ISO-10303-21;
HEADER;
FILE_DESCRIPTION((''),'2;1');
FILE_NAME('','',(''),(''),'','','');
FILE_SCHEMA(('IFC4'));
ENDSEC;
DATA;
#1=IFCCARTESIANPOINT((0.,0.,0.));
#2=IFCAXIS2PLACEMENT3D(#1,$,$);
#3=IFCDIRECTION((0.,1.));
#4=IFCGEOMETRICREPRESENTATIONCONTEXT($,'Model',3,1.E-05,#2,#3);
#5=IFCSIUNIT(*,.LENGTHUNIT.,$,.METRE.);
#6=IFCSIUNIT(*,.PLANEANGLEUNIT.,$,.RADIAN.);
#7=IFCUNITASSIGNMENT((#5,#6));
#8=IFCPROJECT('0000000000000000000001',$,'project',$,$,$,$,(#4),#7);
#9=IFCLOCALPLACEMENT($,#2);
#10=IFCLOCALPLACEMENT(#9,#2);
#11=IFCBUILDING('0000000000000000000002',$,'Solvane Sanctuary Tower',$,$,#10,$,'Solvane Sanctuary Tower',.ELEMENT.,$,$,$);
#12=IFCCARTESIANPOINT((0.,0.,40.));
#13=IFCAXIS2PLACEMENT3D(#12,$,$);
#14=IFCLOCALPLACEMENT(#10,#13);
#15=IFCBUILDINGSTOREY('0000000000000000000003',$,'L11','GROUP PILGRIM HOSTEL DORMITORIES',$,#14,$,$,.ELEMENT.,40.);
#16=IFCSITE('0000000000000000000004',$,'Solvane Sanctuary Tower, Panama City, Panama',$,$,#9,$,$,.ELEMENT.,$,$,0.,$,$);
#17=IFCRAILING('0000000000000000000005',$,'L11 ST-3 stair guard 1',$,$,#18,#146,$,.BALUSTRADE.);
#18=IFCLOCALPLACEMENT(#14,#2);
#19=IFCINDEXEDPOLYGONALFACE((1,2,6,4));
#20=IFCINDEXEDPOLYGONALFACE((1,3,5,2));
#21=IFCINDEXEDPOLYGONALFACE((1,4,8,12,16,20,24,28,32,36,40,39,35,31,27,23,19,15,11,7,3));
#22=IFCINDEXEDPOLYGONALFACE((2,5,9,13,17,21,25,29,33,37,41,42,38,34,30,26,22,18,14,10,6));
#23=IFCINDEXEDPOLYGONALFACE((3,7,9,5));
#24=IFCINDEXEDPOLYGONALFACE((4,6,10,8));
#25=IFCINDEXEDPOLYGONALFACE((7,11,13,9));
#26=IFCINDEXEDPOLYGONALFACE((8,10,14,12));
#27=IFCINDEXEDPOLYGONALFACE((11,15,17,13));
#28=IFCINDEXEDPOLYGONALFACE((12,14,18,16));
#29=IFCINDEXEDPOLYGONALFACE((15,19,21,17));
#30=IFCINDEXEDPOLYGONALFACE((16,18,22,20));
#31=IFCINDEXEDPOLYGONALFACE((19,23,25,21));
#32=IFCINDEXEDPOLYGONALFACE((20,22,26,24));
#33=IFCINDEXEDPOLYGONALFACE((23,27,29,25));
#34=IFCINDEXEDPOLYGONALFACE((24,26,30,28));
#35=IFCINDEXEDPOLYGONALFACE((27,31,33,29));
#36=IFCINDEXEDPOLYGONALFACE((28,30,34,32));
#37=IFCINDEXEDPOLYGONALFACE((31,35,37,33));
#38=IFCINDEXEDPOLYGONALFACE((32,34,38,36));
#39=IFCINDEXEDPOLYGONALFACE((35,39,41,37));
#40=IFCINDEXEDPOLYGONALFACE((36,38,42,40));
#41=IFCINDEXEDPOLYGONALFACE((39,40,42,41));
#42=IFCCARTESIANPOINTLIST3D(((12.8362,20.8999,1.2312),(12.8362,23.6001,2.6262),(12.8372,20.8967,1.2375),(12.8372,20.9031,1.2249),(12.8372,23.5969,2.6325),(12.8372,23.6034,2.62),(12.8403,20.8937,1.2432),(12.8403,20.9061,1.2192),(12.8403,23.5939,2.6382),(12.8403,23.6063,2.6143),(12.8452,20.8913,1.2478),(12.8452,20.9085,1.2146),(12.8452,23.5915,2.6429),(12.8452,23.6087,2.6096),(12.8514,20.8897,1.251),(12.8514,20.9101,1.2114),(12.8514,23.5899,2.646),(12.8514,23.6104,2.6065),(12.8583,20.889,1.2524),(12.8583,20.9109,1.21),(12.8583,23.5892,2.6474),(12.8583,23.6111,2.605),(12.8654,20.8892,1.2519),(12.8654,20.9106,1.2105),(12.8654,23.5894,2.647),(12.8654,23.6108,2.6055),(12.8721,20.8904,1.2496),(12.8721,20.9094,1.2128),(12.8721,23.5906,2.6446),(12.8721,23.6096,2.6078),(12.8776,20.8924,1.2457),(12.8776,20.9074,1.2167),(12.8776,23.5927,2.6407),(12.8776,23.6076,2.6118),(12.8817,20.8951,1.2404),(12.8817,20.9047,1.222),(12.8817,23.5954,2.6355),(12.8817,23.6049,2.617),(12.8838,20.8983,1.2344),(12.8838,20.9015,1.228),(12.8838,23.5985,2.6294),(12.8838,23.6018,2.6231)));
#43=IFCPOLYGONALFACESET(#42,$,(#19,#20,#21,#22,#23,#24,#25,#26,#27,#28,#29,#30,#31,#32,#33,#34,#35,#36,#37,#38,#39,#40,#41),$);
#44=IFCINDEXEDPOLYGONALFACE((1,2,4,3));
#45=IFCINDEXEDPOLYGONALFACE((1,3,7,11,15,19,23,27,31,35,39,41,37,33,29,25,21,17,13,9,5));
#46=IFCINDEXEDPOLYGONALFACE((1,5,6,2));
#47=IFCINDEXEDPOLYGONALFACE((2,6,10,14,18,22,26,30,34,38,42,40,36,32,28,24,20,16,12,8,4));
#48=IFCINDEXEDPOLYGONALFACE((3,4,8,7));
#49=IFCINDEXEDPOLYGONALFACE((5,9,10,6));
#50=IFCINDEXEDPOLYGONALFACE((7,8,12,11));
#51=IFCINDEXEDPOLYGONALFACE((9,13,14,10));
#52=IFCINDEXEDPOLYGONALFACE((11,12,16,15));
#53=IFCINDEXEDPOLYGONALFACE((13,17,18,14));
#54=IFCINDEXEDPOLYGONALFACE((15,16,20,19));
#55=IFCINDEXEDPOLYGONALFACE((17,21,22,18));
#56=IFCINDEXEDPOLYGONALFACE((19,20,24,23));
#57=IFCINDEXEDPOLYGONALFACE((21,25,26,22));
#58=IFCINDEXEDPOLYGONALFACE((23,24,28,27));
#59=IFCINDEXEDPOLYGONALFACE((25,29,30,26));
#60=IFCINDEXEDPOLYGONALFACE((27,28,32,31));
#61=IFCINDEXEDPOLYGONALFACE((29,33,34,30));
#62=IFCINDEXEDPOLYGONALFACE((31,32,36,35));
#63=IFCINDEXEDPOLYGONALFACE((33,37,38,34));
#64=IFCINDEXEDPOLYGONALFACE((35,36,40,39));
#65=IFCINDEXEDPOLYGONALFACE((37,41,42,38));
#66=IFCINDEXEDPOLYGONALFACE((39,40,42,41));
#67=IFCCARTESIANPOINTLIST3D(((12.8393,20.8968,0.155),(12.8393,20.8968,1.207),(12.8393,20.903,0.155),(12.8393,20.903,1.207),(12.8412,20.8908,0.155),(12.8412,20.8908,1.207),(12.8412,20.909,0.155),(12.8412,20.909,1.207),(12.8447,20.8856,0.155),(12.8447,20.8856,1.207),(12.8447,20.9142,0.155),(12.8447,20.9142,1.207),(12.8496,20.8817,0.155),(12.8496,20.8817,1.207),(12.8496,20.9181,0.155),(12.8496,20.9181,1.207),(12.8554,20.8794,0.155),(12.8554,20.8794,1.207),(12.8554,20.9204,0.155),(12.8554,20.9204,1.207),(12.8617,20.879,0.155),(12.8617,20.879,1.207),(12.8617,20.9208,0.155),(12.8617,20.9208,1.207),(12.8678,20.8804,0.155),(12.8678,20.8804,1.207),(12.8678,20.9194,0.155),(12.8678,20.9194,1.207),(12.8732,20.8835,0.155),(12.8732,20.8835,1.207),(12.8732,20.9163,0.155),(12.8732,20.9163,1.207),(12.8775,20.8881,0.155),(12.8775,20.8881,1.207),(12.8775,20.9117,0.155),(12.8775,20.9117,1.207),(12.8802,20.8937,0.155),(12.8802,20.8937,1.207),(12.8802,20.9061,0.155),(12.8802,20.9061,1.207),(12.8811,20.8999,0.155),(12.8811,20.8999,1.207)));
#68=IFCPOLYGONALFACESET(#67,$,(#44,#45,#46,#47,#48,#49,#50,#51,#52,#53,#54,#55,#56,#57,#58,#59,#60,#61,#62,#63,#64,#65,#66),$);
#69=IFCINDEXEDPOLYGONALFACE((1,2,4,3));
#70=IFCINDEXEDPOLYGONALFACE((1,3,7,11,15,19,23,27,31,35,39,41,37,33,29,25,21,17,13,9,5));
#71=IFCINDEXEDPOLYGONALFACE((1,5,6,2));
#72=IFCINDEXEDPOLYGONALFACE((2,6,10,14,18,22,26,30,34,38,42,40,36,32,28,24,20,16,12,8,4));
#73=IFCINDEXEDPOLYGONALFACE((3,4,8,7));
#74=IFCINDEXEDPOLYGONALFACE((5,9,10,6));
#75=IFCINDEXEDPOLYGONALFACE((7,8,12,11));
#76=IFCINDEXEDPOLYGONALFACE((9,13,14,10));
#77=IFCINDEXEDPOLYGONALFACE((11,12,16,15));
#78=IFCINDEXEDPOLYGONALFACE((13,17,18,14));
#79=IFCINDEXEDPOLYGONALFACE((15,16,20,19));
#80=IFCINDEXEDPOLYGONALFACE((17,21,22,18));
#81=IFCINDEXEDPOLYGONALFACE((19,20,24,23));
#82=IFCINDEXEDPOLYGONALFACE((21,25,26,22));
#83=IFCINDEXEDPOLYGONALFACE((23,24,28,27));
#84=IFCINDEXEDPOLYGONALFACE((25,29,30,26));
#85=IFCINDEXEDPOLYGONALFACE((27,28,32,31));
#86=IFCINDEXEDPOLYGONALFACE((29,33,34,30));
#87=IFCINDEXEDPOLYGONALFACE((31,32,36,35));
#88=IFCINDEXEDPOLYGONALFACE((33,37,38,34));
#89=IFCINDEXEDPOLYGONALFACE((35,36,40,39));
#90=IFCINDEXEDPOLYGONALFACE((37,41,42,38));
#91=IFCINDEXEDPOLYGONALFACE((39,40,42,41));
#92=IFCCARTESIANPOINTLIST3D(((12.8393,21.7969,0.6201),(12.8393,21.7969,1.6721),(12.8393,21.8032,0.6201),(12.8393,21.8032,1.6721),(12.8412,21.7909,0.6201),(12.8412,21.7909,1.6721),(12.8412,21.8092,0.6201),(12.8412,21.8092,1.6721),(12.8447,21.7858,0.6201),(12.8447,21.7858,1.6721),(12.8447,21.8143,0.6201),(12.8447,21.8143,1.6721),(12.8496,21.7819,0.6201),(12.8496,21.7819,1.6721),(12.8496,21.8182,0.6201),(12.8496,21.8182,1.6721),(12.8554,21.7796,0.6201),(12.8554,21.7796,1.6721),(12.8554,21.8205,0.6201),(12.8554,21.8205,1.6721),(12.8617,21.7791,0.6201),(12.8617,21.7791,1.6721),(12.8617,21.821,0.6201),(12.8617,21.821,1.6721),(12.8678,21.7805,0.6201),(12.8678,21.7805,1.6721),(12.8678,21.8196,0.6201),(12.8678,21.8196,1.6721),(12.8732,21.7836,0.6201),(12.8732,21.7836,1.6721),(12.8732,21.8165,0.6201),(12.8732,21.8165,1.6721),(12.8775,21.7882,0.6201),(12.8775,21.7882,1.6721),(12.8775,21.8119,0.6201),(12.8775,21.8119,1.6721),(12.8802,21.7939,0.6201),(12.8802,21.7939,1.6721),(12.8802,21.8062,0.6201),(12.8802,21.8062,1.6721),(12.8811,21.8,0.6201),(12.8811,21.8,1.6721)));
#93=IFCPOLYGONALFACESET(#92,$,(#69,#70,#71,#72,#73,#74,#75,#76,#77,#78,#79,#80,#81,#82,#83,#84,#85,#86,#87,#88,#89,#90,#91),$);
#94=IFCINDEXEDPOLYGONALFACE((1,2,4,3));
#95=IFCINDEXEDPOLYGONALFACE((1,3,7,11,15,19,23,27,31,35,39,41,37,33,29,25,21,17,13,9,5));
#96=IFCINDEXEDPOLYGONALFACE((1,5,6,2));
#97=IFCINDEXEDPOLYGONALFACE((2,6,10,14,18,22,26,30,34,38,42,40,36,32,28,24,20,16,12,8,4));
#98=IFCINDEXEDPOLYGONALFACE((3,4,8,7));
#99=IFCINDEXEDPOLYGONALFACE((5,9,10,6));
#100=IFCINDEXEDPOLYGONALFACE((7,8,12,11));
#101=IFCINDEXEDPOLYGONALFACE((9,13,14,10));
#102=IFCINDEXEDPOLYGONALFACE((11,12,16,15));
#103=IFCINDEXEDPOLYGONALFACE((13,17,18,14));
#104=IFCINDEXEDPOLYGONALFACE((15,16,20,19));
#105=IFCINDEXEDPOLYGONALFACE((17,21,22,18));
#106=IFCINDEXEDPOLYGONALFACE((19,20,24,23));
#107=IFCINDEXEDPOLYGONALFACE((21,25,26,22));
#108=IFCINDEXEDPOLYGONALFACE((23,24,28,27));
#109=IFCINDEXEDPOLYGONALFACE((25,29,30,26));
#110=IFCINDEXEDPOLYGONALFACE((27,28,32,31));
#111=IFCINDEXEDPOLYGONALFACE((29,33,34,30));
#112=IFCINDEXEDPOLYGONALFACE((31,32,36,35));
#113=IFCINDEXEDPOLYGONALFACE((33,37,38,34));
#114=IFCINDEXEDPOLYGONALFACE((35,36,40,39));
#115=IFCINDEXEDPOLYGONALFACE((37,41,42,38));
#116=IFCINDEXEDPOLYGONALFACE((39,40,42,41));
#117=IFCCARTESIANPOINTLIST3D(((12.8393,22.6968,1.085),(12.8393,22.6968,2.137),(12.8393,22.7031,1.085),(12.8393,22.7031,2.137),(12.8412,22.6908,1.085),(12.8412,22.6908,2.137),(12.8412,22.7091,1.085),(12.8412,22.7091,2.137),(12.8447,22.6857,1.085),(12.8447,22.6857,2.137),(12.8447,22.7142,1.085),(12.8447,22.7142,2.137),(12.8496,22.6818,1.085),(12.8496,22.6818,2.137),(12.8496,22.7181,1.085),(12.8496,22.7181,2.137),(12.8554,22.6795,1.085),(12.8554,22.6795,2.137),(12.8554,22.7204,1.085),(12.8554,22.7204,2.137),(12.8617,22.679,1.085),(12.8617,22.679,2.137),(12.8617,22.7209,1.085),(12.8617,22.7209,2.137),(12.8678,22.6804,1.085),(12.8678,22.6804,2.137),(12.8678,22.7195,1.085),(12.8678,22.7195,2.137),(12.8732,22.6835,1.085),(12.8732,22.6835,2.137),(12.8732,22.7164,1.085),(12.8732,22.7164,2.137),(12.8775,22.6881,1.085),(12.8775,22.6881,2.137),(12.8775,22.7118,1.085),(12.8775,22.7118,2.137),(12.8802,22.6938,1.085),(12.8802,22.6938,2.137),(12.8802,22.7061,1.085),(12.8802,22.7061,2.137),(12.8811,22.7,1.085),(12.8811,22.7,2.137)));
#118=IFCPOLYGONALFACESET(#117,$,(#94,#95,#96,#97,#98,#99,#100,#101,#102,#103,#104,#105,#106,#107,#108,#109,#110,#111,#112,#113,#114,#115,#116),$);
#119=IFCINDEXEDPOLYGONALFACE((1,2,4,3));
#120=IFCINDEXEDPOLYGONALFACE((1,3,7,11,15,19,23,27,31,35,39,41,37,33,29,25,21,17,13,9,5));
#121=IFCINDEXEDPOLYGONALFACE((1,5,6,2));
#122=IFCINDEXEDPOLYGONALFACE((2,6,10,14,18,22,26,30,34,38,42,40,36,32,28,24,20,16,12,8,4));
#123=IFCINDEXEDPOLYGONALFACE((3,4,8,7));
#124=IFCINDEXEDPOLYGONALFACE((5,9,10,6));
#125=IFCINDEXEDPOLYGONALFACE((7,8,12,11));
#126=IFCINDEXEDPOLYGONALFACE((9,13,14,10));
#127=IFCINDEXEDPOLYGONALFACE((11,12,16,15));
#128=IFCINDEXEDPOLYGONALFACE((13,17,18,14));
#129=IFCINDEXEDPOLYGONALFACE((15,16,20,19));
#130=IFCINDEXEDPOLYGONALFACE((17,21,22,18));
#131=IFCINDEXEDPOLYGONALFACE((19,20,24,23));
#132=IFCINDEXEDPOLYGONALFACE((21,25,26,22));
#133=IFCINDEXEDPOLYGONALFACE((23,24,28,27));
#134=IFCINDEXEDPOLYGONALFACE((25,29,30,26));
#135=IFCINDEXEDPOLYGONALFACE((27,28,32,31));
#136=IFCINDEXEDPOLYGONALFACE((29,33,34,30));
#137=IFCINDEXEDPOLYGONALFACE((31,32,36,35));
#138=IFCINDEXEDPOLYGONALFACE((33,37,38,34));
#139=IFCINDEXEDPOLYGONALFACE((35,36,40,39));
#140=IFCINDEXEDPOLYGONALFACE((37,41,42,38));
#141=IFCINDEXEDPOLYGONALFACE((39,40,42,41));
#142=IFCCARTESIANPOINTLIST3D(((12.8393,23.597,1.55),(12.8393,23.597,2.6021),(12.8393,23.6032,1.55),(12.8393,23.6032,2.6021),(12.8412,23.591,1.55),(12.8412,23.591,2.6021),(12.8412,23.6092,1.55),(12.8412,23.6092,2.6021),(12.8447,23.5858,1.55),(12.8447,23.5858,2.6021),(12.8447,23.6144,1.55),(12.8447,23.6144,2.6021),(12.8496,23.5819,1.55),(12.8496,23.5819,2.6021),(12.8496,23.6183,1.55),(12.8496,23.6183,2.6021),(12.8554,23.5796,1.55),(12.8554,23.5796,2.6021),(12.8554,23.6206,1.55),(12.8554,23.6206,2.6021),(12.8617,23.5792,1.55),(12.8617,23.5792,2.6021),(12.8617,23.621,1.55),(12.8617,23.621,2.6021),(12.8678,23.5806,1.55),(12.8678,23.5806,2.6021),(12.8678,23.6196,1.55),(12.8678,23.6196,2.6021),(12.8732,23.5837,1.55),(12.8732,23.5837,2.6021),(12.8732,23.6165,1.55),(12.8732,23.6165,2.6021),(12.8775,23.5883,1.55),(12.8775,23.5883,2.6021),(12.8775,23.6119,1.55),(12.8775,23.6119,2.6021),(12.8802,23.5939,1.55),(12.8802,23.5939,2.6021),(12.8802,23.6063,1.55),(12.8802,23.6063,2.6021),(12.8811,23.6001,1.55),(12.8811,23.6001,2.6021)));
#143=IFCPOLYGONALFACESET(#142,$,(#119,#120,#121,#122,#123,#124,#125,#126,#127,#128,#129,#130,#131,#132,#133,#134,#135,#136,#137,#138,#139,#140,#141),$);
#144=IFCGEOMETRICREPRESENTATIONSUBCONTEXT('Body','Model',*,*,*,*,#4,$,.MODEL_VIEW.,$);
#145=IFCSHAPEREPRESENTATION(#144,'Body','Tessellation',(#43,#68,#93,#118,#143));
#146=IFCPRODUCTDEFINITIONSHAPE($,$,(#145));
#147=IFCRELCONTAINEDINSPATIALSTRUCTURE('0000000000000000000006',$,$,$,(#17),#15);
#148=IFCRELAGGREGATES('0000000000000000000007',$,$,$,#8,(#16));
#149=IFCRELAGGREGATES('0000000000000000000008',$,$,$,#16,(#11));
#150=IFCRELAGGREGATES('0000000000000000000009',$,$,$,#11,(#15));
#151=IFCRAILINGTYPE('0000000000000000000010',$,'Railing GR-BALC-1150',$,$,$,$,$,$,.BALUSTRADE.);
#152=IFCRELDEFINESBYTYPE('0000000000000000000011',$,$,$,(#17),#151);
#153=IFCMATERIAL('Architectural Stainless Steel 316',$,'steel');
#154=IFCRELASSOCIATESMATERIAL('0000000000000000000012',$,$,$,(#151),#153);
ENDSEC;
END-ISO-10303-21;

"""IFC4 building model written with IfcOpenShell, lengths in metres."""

from ifc_helpers import new_model, si_unit, direction, frame, origin, origin_2d, place, context, subcontext, project, spatial, circle, extrude, material, type_object, element, save


model = new_model("IFC4")

# Units and contexts
model_context = context("Model", 3, precision=1e-05, world=origin(), true_north=direction((0.0, 1.0)))
body_context = subcontext(model_context, "Body", "Model", "MODEL_VIEW")
ifc_project = project(units=[si_unit("LENGTHUNIT", "METRE"), si_unit("PLANEANGLEUNIT", "RADIAN")], contexts=[model_context])

# Site, building, storey
site_placement = place(None, origin())
site = spatial("IfcSite", under=ifc_project, at=site_placement, Name="Solvane Sanctuary Tower, Panama City, Panama", CompositionType="ELEMENT", RefElevation=0.0)
building_placement = place(site_placement, origin())
building = spatial("IfcBuilding", under=site, at=building_placement, Name="Solvane Sanctuary Tower", LongName="Solvane Sanctuary Tower", CompositionType="ELEMENT")
storey_placement = place(building_placement, frame((0.0, 0.0, 40.0)))
storey = spatial("IfcBuildingStorey", under=building, at=storey_placement, Name="L11", Description="GROUP PILGRIM HOSTEL DORMITORIES", CompositionType="ELEMENT", Elevation=40.0)

# Railing
ifc_material_1 = material(Name="Architectural Stainless Steel 316", Category="steel")
railing_type_1 = type_object("IfcRailingType", Name="Railing GR-BALC-1150", PredefinedType="BALUSTRADE", material=ifc_material_1)
railing_1_placement = place(storey_placement, frame((12.8601, 20.8999, 0.155)))
element("IfcRailing", 1, at=railing_1_placement, inside=storey, type_object=railing_type_1, Name="L11 ST-3 stair guard 1", PredefinedType="BALUSTRADE", context=body_context, shape_type="SweptSolid", body=[
    extrude(circle(Radius=0.0239, at=origin_2d()), frame((0.0, 0.0, 1.0762), z_axis=(0.0, 0.888437, 0.458999), x_axis=(-1.0, 0.0, 0.0)), (0.0, 0.0, 1.0), 3.0393),
    extrude(circle(Radius=0.021, at=origin_2d()), origin(), (0.0, 0.0, 1.0), 1.052),
    extrude(circle(Radius=0.021, at=origin_2d()), frame((0.0, 0.9001, 0.4651)), (0.0, 0.0, 1.0), 1.052),
    extrude(circle(Radius=0.021, at=origin_2d()), frame((0.0, 1.8, 0.9299)), (0.0, 0.0, 1.0), 1.052),
    extrude(circle(Radius=0.021, at=origin_2d()), frame((0.0, 2.7002, 1.395)), (0.0, 0.0, 1.0), 1.052),
])

save(model, "model.ifc")
